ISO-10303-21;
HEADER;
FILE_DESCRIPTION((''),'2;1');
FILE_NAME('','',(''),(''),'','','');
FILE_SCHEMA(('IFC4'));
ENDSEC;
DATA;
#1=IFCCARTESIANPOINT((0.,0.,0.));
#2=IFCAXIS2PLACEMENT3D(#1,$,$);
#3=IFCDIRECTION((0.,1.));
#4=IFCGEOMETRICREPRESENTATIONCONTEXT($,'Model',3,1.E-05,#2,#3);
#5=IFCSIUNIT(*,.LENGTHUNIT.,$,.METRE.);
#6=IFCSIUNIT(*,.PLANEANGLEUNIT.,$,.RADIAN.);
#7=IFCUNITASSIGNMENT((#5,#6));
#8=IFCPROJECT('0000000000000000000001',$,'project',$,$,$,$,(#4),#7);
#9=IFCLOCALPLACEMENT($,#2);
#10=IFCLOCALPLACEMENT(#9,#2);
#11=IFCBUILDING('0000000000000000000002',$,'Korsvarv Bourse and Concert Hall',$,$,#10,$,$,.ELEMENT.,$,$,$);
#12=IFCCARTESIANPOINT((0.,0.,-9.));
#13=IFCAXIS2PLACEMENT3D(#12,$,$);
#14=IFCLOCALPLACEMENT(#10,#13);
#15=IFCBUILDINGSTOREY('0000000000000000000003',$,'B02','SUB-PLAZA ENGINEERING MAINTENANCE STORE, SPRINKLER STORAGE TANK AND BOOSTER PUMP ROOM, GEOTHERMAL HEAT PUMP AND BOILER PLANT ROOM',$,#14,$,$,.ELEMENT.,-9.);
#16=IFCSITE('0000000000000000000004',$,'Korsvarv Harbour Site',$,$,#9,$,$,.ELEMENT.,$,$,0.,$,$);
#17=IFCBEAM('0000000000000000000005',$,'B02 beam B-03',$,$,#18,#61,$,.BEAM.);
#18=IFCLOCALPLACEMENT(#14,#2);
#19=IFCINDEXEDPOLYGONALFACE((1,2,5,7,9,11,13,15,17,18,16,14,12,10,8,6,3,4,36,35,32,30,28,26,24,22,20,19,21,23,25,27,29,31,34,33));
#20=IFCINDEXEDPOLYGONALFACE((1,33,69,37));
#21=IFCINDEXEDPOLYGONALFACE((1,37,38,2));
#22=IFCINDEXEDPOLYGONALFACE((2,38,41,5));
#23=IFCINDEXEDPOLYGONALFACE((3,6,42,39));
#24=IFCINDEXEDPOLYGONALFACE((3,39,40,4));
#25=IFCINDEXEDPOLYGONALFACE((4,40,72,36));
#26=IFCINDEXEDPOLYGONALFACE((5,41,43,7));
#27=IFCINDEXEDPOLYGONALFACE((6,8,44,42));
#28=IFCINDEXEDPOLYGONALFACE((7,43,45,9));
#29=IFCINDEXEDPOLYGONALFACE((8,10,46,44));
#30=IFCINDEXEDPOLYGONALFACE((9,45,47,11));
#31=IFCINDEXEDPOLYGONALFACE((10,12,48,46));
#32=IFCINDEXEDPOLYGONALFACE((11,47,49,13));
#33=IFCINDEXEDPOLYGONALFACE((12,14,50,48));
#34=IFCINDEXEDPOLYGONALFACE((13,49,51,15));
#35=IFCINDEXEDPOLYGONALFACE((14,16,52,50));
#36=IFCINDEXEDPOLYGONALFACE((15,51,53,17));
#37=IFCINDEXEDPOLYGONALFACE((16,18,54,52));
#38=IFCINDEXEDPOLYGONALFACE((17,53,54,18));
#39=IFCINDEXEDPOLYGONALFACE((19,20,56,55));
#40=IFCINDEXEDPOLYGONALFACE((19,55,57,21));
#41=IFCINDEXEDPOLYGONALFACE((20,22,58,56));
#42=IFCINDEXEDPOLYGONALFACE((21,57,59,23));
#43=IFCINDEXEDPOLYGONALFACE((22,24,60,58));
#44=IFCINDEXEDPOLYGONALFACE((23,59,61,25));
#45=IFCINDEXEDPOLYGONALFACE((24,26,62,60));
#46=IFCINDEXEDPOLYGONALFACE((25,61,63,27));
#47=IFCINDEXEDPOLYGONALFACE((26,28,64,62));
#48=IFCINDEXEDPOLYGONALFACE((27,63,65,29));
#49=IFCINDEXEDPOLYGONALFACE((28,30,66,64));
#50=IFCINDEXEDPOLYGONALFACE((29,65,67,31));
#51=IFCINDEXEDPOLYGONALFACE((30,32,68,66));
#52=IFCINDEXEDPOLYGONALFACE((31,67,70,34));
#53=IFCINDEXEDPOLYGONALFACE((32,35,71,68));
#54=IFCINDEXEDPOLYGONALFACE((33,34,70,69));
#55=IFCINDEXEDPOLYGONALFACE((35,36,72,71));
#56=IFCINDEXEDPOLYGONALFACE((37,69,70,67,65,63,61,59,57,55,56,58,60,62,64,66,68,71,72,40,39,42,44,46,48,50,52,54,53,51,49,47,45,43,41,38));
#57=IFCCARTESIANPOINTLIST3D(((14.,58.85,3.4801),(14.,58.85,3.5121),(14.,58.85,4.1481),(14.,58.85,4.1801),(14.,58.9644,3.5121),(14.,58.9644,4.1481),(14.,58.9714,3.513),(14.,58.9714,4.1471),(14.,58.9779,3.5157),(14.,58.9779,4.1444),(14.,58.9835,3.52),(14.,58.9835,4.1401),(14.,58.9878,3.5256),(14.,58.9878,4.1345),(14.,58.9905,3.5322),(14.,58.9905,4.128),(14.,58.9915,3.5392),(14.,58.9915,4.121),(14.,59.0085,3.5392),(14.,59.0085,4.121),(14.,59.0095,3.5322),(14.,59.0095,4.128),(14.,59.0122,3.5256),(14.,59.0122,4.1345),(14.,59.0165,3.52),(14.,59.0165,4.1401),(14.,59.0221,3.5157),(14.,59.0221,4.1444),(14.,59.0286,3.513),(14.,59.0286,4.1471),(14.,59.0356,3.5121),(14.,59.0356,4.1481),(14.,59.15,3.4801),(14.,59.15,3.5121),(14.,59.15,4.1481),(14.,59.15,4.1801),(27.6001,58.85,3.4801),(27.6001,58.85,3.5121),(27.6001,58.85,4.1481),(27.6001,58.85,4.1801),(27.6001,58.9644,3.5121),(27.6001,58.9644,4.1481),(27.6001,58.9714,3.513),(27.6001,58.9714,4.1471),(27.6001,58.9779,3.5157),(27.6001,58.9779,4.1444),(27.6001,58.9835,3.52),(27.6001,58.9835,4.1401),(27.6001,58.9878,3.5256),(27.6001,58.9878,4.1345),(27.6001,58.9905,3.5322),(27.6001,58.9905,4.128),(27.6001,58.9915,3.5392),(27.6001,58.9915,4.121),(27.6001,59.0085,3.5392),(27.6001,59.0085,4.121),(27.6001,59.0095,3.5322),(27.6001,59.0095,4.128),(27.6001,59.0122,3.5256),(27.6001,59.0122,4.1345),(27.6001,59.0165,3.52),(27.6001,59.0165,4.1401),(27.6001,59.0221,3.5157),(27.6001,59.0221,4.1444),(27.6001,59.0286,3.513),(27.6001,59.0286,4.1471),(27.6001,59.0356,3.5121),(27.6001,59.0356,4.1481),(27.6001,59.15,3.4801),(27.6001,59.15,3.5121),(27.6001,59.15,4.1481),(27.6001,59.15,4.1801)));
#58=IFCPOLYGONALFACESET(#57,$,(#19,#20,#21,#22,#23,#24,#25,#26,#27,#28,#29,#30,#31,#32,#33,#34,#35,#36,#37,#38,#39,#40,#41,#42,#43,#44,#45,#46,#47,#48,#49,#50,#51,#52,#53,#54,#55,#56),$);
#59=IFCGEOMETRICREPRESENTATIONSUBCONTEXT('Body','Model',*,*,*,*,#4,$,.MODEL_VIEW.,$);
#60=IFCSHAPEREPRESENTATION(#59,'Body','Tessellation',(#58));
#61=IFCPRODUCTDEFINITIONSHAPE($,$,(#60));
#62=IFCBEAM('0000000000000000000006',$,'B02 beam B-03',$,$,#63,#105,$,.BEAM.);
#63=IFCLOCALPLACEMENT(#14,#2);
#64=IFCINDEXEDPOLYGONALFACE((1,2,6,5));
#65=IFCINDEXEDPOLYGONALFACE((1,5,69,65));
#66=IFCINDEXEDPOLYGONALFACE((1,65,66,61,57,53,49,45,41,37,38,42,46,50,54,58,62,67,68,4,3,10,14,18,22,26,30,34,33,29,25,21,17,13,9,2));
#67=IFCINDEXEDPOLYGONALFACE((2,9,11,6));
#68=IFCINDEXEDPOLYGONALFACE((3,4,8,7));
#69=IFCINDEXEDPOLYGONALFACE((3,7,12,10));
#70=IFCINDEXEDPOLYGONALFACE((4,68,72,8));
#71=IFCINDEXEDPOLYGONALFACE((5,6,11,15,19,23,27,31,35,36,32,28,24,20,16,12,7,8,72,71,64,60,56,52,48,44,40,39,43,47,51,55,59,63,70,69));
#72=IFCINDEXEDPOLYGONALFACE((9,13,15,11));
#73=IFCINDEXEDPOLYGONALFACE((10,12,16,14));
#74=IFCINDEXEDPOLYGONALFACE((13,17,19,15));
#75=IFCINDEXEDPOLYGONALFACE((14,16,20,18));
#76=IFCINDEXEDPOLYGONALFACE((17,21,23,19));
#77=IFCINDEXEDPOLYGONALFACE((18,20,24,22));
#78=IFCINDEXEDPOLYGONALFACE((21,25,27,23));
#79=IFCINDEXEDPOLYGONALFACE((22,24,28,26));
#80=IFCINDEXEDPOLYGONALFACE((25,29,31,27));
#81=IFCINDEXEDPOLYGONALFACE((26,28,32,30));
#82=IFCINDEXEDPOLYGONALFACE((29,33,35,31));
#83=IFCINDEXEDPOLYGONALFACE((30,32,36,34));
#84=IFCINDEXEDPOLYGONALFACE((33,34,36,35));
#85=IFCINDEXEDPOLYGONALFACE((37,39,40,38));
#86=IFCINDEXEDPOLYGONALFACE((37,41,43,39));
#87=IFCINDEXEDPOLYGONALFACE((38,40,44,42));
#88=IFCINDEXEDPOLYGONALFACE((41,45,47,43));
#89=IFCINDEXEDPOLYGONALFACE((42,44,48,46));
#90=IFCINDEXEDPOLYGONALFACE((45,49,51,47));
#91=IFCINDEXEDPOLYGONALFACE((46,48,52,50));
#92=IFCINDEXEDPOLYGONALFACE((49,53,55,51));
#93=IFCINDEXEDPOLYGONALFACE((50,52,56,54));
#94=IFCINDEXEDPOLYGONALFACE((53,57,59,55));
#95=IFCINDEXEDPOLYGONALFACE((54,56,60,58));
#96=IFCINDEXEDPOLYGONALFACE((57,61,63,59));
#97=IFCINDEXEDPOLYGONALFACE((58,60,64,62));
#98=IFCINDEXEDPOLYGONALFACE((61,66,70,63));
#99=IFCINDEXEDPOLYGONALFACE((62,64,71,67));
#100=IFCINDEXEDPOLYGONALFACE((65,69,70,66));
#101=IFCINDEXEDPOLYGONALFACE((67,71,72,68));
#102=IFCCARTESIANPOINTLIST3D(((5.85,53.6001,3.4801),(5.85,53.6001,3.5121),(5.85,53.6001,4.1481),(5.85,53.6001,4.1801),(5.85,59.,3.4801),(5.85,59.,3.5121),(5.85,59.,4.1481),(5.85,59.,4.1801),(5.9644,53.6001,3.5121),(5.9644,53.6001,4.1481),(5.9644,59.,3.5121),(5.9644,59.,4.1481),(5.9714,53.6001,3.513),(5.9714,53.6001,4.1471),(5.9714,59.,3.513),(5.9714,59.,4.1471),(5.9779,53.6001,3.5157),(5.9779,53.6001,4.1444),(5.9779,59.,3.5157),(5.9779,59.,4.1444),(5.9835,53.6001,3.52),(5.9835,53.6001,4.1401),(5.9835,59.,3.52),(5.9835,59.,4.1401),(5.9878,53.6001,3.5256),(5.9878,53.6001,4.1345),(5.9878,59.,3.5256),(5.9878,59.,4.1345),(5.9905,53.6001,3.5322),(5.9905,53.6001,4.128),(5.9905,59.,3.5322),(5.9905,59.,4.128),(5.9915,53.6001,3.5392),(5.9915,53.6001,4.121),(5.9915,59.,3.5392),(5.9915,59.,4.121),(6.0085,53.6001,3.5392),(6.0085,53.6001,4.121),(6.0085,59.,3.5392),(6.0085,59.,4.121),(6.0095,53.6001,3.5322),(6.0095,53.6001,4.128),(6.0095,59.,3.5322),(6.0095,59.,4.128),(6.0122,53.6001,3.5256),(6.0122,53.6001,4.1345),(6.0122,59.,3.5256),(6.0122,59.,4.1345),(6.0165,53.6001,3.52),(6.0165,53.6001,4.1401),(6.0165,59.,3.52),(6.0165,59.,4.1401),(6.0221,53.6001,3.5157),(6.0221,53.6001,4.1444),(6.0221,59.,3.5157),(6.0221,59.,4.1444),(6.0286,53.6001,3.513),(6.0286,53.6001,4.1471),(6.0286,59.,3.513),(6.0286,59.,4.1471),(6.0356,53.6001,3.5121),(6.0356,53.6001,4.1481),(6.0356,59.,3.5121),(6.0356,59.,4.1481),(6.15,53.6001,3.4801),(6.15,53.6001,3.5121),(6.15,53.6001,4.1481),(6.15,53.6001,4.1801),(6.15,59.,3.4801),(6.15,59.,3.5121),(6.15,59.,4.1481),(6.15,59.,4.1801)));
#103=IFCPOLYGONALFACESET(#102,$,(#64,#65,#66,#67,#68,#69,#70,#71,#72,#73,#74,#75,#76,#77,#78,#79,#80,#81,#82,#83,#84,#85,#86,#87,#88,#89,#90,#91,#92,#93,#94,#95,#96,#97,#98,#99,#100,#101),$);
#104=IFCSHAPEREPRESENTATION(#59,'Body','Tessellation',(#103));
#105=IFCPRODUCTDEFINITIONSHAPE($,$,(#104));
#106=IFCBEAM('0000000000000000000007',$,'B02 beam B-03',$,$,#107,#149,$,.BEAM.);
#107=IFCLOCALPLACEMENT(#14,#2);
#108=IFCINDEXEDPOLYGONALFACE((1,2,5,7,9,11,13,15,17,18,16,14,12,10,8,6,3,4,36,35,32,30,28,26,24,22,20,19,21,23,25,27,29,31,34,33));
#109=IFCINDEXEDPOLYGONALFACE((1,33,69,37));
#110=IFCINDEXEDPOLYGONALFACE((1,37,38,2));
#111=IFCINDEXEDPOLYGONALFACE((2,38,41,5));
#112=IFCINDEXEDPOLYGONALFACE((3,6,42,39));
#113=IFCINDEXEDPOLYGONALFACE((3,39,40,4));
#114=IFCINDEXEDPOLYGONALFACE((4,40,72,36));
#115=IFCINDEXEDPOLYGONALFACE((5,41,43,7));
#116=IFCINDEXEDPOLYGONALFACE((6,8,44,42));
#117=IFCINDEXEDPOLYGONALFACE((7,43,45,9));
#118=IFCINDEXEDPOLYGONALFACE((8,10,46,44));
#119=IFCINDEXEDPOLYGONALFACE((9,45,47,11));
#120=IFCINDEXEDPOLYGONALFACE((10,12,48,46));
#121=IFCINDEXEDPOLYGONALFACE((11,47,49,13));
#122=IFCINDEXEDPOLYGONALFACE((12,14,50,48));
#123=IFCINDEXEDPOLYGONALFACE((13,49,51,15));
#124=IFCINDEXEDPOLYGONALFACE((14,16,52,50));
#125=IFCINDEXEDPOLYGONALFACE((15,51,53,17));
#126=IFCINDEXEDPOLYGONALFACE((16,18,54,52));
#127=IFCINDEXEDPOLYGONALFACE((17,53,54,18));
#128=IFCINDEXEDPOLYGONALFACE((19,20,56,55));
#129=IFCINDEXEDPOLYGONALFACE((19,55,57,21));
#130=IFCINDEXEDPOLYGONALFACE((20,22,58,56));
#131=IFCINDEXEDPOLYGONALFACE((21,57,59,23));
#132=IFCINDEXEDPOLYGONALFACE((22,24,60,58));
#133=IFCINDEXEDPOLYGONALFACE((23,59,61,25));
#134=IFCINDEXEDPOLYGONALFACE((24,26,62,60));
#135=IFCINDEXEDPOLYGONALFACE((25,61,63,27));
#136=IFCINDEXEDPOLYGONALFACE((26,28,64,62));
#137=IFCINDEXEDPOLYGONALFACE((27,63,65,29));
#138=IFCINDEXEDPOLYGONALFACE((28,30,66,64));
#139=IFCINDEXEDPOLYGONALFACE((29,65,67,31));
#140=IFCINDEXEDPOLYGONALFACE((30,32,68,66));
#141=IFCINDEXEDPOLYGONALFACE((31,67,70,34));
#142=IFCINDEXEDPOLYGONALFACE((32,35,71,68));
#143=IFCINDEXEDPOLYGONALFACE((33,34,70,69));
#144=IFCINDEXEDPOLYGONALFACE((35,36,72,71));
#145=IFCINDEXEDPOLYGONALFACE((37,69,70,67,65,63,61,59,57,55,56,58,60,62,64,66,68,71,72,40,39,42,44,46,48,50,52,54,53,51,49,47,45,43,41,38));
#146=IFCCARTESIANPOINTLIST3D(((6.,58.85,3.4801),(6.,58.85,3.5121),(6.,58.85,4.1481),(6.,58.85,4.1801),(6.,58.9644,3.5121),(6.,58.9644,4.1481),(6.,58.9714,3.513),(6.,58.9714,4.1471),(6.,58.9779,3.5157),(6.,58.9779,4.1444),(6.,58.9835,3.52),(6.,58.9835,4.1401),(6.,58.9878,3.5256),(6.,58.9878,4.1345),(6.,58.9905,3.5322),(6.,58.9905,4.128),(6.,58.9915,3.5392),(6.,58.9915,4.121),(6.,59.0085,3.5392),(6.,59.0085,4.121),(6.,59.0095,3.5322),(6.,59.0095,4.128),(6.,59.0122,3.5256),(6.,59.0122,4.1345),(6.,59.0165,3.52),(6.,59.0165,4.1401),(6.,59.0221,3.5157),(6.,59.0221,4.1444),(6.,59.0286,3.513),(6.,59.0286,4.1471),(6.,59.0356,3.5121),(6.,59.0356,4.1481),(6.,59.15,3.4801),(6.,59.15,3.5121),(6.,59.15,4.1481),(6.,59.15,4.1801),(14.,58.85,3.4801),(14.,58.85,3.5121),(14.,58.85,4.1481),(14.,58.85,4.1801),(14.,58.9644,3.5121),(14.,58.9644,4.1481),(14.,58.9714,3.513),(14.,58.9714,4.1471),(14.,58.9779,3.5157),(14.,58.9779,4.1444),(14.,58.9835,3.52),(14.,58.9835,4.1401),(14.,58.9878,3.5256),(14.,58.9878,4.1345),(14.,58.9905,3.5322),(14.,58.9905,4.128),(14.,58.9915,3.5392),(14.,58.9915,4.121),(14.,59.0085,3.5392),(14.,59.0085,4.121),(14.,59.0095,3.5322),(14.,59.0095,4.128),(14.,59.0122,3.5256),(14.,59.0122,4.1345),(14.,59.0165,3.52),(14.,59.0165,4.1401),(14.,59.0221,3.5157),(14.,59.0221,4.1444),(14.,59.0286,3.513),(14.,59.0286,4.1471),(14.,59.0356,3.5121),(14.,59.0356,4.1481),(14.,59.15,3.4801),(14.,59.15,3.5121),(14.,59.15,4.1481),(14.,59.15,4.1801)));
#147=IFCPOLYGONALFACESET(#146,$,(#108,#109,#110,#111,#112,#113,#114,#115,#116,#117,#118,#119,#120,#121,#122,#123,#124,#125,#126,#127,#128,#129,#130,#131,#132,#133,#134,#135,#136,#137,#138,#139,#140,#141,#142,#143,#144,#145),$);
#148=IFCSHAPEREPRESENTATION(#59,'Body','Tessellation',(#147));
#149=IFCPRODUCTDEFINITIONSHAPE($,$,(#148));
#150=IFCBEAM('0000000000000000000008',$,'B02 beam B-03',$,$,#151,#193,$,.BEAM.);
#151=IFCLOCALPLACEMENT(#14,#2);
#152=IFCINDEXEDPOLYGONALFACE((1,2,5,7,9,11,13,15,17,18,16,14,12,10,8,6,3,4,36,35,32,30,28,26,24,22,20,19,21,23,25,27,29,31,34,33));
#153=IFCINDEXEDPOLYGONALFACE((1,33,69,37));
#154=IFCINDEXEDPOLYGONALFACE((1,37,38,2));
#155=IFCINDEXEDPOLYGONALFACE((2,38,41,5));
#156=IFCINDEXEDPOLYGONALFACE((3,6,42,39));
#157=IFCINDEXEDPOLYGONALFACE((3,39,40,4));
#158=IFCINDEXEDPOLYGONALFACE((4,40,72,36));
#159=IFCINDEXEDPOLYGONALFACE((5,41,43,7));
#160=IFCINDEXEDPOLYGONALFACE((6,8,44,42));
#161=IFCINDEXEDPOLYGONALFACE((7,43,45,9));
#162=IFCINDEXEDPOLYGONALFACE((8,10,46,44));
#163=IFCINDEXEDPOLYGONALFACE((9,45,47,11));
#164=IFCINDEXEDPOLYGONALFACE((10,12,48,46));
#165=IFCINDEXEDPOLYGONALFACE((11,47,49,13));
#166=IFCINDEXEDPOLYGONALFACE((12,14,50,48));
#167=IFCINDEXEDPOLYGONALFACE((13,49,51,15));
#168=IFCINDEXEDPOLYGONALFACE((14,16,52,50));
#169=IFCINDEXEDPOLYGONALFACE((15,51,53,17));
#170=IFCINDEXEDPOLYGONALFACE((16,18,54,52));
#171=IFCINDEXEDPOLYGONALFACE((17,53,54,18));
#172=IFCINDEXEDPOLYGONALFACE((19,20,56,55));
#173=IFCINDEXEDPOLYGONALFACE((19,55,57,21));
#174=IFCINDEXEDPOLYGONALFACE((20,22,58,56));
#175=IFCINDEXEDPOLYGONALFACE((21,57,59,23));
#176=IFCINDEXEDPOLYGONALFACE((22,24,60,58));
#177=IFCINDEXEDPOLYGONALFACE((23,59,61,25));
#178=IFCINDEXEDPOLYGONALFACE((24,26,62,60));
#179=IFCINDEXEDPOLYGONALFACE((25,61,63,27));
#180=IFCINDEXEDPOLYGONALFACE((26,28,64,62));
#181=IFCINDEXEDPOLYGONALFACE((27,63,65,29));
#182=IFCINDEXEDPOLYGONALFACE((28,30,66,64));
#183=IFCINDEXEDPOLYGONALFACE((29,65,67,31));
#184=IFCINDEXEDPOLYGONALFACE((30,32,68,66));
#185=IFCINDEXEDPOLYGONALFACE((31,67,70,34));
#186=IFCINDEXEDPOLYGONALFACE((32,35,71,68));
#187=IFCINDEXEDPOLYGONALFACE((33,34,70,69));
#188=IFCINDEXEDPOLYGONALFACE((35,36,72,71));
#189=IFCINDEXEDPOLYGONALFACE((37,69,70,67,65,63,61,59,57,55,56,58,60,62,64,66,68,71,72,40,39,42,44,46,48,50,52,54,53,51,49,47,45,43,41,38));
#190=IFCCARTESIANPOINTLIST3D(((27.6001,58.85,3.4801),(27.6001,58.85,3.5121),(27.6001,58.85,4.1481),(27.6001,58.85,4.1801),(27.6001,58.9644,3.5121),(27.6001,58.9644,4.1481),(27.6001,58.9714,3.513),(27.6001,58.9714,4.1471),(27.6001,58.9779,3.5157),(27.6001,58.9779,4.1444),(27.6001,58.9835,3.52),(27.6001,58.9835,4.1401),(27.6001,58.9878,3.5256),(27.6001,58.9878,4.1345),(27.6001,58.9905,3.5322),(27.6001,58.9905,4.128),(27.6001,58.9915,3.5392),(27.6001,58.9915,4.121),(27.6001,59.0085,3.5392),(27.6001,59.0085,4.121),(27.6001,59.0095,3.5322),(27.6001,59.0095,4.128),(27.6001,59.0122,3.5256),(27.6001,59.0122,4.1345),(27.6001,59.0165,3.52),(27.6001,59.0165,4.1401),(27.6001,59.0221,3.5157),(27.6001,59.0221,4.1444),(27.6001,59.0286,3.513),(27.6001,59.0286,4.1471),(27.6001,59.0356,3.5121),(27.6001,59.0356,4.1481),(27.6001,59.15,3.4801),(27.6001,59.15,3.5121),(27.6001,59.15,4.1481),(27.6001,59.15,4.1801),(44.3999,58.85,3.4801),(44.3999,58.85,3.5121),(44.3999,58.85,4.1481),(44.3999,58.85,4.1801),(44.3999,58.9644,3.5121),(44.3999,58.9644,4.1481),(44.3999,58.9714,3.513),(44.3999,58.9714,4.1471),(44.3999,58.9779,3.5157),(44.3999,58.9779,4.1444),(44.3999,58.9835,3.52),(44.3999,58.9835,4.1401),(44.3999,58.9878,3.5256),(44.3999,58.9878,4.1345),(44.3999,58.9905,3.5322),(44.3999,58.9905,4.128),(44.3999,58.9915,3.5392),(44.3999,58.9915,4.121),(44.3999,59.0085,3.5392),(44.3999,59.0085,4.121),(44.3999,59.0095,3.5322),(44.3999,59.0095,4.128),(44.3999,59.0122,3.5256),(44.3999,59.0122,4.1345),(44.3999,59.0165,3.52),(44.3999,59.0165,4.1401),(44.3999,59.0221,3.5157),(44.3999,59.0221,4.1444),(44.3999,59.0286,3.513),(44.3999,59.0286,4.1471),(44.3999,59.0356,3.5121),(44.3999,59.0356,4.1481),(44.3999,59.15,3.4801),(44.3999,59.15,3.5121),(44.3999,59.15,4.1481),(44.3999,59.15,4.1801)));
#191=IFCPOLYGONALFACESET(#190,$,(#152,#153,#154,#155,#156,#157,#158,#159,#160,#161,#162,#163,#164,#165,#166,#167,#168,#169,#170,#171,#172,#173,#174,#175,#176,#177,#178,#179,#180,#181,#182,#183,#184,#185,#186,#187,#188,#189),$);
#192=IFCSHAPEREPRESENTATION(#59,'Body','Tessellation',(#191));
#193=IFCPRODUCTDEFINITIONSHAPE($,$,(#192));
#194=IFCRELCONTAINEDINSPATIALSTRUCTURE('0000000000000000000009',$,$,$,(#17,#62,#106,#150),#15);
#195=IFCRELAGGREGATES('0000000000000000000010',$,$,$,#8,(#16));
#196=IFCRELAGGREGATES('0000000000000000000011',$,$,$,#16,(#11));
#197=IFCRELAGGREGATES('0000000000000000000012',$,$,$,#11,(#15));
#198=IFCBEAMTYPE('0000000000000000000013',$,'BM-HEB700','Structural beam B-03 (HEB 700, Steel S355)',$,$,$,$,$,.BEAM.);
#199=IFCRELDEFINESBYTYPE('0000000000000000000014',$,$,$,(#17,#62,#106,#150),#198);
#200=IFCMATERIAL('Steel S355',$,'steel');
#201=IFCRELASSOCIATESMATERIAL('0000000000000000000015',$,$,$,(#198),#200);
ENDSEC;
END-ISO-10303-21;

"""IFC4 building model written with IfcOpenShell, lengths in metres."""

from ifc_helpers import new_model, si_unit, direction, frame, origin, origin_2d, place, context, subcontext, project, spatial, i_section, extrude, source, transform, mapped, material, material_profile, profile_set, type_object, element, save


model = new_model("IFC4")

# Units and contexts
model_context = context("Model", 3, precision=1e-05, world=origin(), true_north=direction((0.0, 1.0)))
body_context = subcontext(model_context, "Body", "Model", "MODEL_VIEW")
ifc_project = project(units=[si_unit("LENGTHUNIT", "METRE"), si_unit("PLANEANGLEUNIT", "RADIAN")], contexts=[model_context])

# Site, building, storey
site_placement = place(None, origin())
site = spatial("IfcSite", under=ifc_project, at=site_placement, Name="Korsvarv Harbour Site", CompositionType="ELEMENT", RefElevation=0.0)
building_placement = place(site_placement, origin())
building = spatial("IfcBuilding", under=site, at=building_placement, Name="Korsvarv Bourse and Concert Hall", CompositionType="ELEMENT")
storey_placement = place(building_placement, frame((0.0, 0.0, -9.0)))
storey = spatial("IfcBuildingStorey", under=building, at=storey_placement, Name="B02", Description="SUB-PLAZA ENGINEERING MAINTENANCE STORE, SPRINKLER STORAGE TANK AND BOOSTER PUMP ROOM, GEOTHERMAL HEAT PUMP AND BOILER PLANT ROOM", CompositionType="ELEMENT", Elevation=-9.0)

# Beams
ifc_material_1 = material(Name="Steel S355", Category="steel")
ifc_material_profile_1 = material_profile(ifc_material_1, i_section(OverallWidth=0.3, OverallDepth=0.7, WebThickness=0.0171, FlangeThickness=0.032, FilletRadius=0.0271, at=origin_2d()), Name="HEB 700")
ifc_profile_set_1 = profile_set([ifc_material_profile_1], Name="Steel S355")
beam_type = type_object("IfcBeamType", Name="BM-HEB700", Description="Structural beam B-03 (HEB 700, Steel S355)", PredefinedType="BEAM", material=ifc_profile_set_1)
shared_shape_1 = source(origin(), body_context, "Body", "SweptSolid", [
    extrude(i_section(OverallWidth=0.3, OverallDepth=0.7, WebThickness=0.0171, FlangeThickness=0.032, FilletRadius=0.0271, at=origin_2d()), origin(), (0.0, 0.0, 1.0), 13.6001),
])
beam_1_placement = place(storey_placement, frame((14.0, 59.0, 3.8301), z_axis=(1.0, 0.0, 0.0), x_axis=(0.0, 1.0, 0.0)))
element("IfcBeam", 1, at=beam_1_placement, inside=storey, type_object=beam_type, Name="B02 beam B-03", PredefinedType="BEAM", context=body_context, shape_type="MappedRepresentation", body=[
    mapped(shared_shape_1, transform((0.0, 0.0, 0.0), scale=1.0)),
])
shared_shape_2 = source(origin(), body_context, "Body", "SweptSolid", [
    extrude(i_section(OverallWidth=0.3, OverallDepth=0.7, WebThickness=0.0171, FlangeThickness=0.032, FilletRadius=0.0271, at=origin_2d()), origin(), (0.0, 0.0, 1.0), 5.3999),
])
beam_2_placement = place(storey_placement, frame((6.0, 53.6001, 3.8301), z_axis=(0.0, 1.0, 0.0), x_axis=(-1.0, 0.0, 0.0)))
element("IfcBeam", 2, at=beam_2_placement, inside=storey, type_object=beam_type, Name="B02 beam B-03", PredefinedType="BEAM", context=body_context, shape_type="MappedRepresentation", body=[
    mapped(shared_shape_2, transform((0.0, 0.0, 0.0), scale=1.0)),
])
shared_shape_3 = source(origin(), body_context, "Body", "SweptSolid", [
    extrude(i_section(OverallWidth=0.3, OverallDepth=0.7, WebThickness=0.0171, FlangeThickness=0.032, FilletRadius=0.0271, at=origin_2d()), origin(), (0.0, 0.0, 1.0), 8.0),
])
beam_3_placement = place(storey_placement, frame((6.0, 59.0, 3.8301), z_axis=(1.0, 0.0, 0.0), x_axis=(0.0, 1.0, 0.0)))
element("IfcBeam", 3, at=beam_3_placement, inside=storey, type_object=beam_type, Name="B02 beam B-03", PredefinedType="BEAM", context=body_context, shape_type="MappedRepresentation", body=[
    mapped(shared_shape_3, transform((0.0, 0.0, 0.0), scale=1.0)),
])
shared_shape_4 = source(origin(), body_context, "Body", "SweptSolid", [
    extrude(i_section(OverallWidth=0.3, OverallDepth=0.7, WebThickness=0.0171, FlangeThickness=0.032, FilletRadius=0.0271, at=origin_2d()), origin(), (0.0, 0.0, 1.0), 16.7998),
])
beam_4_placement = place(storey_placement, frame((27.6001, 59.0, 3.8301), z_axis=(1.0, 0.0, 0.0), x_axis=(0.0, 1.0, 0.0)))
element("IfcBeam", 4, at=beam_4_placement, inside=storey, type_object=beam_type, Name="B02 beam B-03", PredefinedType="BEAM", context=body_context, shape_type="MappedRepresentation", body=[
    mapped(shared_shape_4, transform((0.0, 0.0, 0.0), scale=1.0)),
])

save(model, "model.ifc")
